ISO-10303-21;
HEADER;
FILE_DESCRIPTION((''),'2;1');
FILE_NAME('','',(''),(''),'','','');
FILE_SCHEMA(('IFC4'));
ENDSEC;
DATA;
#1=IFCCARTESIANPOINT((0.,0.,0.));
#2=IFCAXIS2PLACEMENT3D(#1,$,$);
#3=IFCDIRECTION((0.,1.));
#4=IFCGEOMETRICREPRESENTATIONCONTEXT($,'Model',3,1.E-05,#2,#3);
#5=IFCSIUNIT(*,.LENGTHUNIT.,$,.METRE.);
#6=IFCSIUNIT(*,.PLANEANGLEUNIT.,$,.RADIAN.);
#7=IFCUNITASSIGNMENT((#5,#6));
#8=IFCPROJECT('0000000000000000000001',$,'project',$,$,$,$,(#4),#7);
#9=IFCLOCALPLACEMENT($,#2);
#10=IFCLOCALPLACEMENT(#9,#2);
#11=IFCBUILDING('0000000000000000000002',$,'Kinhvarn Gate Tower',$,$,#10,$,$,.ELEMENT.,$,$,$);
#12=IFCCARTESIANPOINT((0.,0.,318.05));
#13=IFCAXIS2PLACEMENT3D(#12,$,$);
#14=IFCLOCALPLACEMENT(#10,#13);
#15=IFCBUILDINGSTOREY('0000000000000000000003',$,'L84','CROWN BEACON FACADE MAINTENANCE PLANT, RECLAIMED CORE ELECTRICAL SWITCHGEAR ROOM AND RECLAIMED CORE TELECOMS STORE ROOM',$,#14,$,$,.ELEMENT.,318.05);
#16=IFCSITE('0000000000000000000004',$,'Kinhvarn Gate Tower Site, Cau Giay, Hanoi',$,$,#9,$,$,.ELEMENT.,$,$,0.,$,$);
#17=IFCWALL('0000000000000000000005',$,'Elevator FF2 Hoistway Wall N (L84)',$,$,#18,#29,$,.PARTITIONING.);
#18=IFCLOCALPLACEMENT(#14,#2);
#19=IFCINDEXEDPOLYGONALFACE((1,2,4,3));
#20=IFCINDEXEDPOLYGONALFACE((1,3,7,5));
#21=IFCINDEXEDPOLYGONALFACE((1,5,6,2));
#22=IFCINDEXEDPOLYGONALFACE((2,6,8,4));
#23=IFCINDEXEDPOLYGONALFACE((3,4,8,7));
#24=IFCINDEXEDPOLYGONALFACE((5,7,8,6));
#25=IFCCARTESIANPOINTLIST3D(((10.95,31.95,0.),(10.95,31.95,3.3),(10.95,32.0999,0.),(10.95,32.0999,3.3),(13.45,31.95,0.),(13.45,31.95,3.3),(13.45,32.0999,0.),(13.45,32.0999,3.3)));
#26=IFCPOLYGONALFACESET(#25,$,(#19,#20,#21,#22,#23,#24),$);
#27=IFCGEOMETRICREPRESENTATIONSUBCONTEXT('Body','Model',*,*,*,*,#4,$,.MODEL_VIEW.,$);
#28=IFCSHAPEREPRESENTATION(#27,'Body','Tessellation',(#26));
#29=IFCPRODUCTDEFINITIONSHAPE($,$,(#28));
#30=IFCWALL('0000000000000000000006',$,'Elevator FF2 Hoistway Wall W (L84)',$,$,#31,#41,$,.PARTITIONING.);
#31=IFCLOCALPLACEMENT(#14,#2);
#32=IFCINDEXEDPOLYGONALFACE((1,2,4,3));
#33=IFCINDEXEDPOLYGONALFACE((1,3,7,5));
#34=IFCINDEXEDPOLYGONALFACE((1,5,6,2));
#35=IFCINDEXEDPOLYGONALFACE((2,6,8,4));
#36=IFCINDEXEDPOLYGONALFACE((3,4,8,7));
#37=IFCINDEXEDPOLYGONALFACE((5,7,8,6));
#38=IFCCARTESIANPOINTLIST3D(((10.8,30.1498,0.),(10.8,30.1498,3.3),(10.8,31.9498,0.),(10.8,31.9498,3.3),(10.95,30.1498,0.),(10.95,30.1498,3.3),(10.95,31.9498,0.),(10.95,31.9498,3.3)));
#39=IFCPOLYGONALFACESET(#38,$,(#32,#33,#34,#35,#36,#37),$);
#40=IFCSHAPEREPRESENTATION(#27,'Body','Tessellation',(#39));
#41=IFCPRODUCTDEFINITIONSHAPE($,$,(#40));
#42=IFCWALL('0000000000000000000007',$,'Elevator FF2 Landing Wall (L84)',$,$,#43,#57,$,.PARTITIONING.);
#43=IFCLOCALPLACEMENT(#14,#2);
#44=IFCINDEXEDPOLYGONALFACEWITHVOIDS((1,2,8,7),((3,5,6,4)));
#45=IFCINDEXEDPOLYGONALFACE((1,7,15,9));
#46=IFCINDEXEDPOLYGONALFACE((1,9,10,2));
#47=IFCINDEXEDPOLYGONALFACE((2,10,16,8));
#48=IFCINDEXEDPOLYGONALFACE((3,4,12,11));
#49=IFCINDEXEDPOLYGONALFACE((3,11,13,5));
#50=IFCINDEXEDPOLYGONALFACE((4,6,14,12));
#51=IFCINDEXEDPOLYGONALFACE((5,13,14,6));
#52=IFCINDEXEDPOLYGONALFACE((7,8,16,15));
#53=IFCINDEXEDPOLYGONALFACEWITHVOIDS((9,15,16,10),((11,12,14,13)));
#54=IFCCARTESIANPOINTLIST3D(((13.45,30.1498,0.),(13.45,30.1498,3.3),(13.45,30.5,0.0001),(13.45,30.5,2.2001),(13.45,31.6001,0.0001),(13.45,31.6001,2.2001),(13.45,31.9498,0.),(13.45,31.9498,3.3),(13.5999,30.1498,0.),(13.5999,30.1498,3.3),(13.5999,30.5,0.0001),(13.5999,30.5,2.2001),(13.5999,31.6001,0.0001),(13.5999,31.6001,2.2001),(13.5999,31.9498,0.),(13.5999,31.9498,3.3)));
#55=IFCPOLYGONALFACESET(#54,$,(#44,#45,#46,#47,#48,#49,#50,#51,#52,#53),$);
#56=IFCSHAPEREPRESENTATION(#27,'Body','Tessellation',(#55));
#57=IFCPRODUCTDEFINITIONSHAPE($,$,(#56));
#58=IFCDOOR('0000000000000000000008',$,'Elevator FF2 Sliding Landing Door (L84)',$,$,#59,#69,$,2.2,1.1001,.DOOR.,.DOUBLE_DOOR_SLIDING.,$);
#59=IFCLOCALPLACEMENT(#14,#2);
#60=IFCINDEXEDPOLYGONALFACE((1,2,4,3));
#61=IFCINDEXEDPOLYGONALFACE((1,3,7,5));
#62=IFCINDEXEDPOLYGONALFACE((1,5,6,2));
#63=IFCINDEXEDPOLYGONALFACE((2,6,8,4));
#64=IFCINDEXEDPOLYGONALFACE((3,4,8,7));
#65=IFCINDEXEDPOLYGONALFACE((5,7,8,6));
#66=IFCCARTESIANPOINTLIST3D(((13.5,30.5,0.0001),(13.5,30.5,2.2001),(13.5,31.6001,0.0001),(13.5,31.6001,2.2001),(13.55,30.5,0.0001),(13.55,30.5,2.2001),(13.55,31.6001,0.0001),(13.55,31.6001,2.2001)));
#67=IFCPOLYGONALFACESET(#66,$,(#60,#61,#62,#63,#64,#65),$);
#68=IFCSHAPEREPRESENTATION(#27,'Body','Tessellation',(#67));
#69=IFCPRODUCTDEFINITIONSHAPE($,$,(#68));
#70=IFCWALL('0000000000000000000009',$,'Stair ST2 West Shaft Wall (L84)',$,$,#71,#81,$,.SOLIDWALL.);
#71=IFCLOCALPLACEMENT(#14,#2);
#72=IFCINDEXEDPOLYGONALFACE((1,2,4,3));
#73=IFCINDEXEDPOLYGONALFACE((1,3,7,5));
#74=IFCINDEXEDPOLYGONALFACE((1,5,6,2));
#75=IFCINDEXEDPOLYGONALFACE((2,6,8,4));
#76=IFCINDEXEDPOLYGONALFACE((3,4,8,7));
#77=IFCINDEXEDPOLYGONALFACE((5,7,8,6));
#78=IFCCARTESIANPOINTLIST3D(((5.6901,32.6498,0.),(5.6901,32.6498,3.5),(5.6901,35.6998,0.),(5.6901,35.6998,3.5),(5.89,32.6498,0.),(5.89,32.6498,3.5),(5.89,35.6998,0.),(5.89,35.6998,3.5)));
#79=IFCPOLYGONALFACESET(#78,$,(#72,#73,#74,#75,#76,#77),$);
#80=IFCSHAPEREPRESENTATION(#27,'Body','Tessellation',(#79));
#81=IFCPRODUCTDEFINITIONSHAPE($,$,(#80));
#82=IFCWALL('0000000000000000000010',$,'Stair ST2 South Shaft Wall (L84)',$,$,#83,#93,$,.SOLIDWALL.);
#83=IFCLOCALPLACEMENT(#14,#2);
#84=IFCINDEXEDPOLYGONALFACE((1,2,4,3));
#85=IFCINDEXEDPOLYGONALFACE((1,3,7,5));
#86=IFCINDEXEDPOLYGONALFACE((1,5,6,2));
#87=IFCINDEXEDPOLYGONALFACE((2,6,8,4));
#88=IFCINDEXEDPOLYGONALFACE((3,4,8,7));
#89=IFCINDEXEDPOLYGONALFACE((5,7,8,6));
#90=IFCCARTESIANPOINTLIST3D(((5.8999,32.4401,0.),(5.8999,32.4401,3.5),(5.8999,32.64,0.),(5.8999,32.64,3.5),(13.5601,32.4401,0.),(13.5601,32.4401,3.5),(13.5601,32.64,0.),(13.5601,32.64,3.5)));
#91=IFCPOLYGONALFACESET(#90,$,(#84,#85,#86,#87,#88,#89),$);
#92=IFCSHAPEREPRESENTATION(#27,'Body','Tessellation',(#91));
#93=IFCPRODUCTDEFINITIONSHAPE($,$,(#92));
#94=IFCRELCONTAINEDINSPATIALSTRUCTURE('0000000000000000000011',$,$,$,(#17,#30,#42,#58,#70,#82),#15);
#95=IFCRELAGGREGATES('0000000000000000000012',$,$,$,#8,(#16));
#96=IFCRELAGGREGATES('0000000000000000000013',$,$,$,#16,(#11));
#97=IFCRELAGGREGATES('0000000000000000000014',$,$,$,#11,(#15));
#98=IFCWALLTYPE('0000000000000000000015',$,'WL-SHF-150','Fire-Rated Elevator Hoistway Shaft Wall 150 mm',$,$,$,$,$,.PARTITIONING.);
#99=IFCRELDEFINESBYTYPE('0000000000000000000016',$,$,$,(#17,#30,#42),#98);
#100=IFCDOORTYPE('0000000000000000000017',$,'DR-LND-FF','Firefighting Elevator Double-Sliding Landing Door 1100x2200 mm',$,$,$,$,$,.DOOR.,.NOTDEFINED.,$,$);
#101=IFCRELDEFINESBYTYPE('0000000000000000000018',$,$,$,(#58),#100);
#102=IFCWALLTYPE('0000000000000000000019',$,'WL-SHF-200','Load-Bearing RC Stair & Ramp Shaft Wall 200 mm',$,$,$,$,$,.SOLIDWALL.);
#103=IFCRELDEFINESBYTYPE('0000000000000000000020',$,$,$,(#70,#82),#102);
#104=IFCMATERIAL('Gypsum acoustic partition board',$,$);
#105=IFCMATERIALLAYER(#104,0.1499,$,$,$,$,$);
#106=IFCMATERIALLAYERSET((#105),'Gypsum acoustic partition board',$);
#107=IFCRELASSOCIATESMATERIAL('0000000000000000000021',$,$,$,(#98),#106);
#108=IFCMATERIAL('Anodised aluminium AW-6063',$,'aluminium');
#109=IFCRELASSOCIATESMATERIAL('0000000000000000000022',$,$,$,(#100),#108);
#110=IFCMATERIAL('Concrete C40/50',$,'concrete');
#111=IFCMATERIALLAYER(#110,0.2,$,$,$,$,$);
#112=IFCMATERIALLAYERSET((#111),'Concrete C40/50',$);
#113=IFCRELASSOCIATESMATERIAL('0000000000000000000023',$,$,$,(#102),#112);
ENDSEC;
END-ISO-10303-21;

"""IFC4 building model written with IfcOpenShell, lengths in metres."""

from ifc_helpers import new_model, si_unit, direction, frame, frame_2d, origin, place, context, subcontext, project, spatial, rectangle, extrude, material, layer, layer_set, type_object, element, fill, save


model = new_model("IFC4")

# Units and contexts
model_context = context("Model", 3, precision=1e-05, world=origin(), true_north=direction((0.0, 1.0)))
body_context = subcontext(model_context, "Body", "Model", "MODEL_VIEW")
ifc_project = project(units=[si_unit("LENGTHUNIT", "METRE"), si_unit("PLANEANGLEUNIT", "RADIAN")], contexts=[model_context])

# Site, building, storey
site_placement = place(None, origin())
site = spatial("IfcSite", under=ifc_project, at=site_placement, Name="Kinhvarn Gate Tower Site, Cau Giay, Hanoi", CompositionType="ELEMENT", RefElevation=0.0)
building_placement = place(site_placement, origin())
building = spatial("IfcBuilding", under=site, at=building_placement, Name="Kinhvarn Gate Tower", CompositionType="ELEMENT")
storey_placement = place(building_placement, frame((0.0, 0.0, 318.05)))
storey = spatial("IfcBuildingStorey", under=building, at=storey_placement, Name="L84", Description="CROWN BEACON FACADE MAINTENANCE PLANT, RECLAIMED CORE ELECTRICAL SWITCHGEAR ROOM AND RECLAIMED CORE TELECOMS STORE ROOM", CompositionType="ELEMENT", Elevation=318.05)

# Shared definitions
ifc_material_1 = material(Name="Gypsum acoustic partition board")

# Shared definitions
ifc_material_2 = material(Name="Anodised aluminium AW-6063", Category="aluminium")

# Walls
ifc_layer_1 = layer(ifc_material_1, 0.1499)
ifc_layer_set_1 = layer_set([ifc_layer_1], Name="Gypsum acoustic partition board")
wall_type_1 = type_object("IfcWallType", Name="WL-SHF-150", Description="Fire-Rated Elevator Hoistway Shaft Wall 150 mm", PredefinedType="PARTITIONING", material=ifc_layer_set_1)
wall_1_placement = place(storey_placement, frame((10.95, 32.0249, 0.0), z_axis=(0.0, 0.0, 1.0), x_axis=(1.0, 0.0, 0.0)))
element("IfcWall", 1, at=wall_1_placement, inside=storey, type_object=wall_type_1, Name="Elevator FF2 Hoistway Wall N (L84)", PredefinedType="PARTITIONING", context=body_context, shape_type="SweptSolid", body=[
    extrude(rectangle(XDim=2.5, YDim=0.1499, at=frame_2d((1.25, 0.0))), origin(), (0.0, 0.0, 1.0), 3.3),
])
wall_2_placement = place(storey_placement, frame((10.875, 30.1499, 0.0), z_axis=(0.0, 0.0, 1.0), x_axis=(0.0, 1.0, 0.0)))
element("IfcWall", 2, at=wall_2_placement, inside=storey, type_object=wall_type_1, Name="Elevator FF2 Hoistway Wall W (L84)", PredefinedType="PARTITIONING", context=body_context, shape_type="SweptSolid", body=[
    extrude(rectangle(XDim=1.8, YDim=0.1499, at=frame_2d((0.8999, 0.0))), origin(), (0.0, 0.0, 1.0), 3.3),
])

# Wall, opening, door
wall_3_placement = place(storey_placement, frame((13.5249, 30.1499, 0.0), z_axis=(0.0, 0.0, 1.0), x_axis=(0.0, 1.0, 0.0)))
wall_3 = element("IfcWall", 3, at=wall_3_placement, inside=storey, type_object=wall_type_1, Name="Elevator FF2 Landing Wall (L84)", PredefinedType="PARTITIONING", context=body_context, shape_type="SweptSolid", body=[
    extrude(rectangle(XDim=1.8, YDim=0.1499, at=frame_2d((0.8999, 0.0))), origin(), (0.0, 0.0, 1.0), 3.3),
])
opening_1_placement = place(wall_3_placement, frame((0.3501, 0.0, 0.0)))
opening_1 = element("IfcOpeningElement", 4, at=opening_1_placement, cuts=wall_3, PredefinedType="OPENING", context=body_context, shape_type="SweptSolid", body=[
    extrude(rectangle(XDim=1.1001, YDim=2.2, at=frame_2d((0.55, 1.1001))), frame((0.0, 0.085, 0.0), z_axis=(0.0, -1.0, 0.0), x_axis=(1.0, 0.0, 0.0)), (0.0, 0.0, 1.0), 0.1699),
])
door_type_1 = type_object("IfcDoorType", Name="DR-LND-FF", Description="Firefighting Elevator Double-Sliding Landing Door 1100x2200 mm", OperationType="NOTDEFINED", PredefinedType="DOOR", material=ifc_material_2)
door_1_placement = place(opening_1_placement, origin())
door_1 = element("IfcDoor", 5, at=door_1_placement, inside=storey, type_object=door_type_1, Name="Elevator FF2 Sliding Landing Door (L84)", OperationType="DOUBLE_DOOR_SLIDING", OverallHeight=2.2, OverallWidth=1.1001, PredefinedType="DOOR", context=body_context, shape_type="SweptSolid", body=[
    extrude(rectangle(XDim=1.1001, YDim=2.2, at=frame_2d((0.55, 1.1001))), frame((0.0, 0.0249, 0.0), z_axis=(0.0, -1.0, 0.0), x_axis=(1.0, 0.0, 0.0)), (0.0, 0.0, 1.0), 0.05),
])
fill(opening_1, door_1)

# Walls
ifc_material_3 = material(Name="Concrete C40/50", Category="concrete")
ifc_layer_2 = layer(ifc_material_3, 0.2)
ifc_layer_set_2 = layer_set([ifc_layer_2], Name="Concrete C40/50")
wall_type_2 = type_object("IfcWallType", Name="WL-SHF-200", Description="Load-Bearing RC Stair & Ramp Shaft Wall 200 mm", PredefinedType="SOLIDWALL", material=ifc_layer_set_2)
wall_4_placement = place(storey_placement, frame((5.79, 32.6499, 0.0), z_axis=(0.0, 0.0, 1.0), x_axis=(0.0, 1.0, 0.0)))
element("IfcWall", 6, at=wall_4_placement, inside=storey, type_object=wall_type_2, Name="Stair ST2 West Shaft Wall (L84)", PredefinedType="SOLIDWALL", context=body_context, shape_type="SweptSolid", body=[
    extrude(rectangle(XDim=3.05, YDim=0.2, at=frame_2d((1.5249, 0.0))), origin(), (0.0, 0.0, 1.0), 3.5),
])
wall_5_placement = place(storey_placement, frame((5.8999, 32.54, 0.0), z_axis=(0.0, 0.0, 1.0), x_axis=(1.0, 0.0, 0.0)))
element("IfcWall", 7, at=wall_5_placement, inside=storey, type_object=wall_type_2, Name="Stair ST2 South Shaft Wall (L84)", PredefinedType="SOLIDWALL", context=body_context, shape_type="SweptSolid", body=[
    extrude(rectangle(XDim=7.6602, YDim=0.2, at=frame_2d((3.8301, 0.0))), origin(), (0.0, 0.0, 1.0), 3.5),
])

save(model, "model.ifc")
